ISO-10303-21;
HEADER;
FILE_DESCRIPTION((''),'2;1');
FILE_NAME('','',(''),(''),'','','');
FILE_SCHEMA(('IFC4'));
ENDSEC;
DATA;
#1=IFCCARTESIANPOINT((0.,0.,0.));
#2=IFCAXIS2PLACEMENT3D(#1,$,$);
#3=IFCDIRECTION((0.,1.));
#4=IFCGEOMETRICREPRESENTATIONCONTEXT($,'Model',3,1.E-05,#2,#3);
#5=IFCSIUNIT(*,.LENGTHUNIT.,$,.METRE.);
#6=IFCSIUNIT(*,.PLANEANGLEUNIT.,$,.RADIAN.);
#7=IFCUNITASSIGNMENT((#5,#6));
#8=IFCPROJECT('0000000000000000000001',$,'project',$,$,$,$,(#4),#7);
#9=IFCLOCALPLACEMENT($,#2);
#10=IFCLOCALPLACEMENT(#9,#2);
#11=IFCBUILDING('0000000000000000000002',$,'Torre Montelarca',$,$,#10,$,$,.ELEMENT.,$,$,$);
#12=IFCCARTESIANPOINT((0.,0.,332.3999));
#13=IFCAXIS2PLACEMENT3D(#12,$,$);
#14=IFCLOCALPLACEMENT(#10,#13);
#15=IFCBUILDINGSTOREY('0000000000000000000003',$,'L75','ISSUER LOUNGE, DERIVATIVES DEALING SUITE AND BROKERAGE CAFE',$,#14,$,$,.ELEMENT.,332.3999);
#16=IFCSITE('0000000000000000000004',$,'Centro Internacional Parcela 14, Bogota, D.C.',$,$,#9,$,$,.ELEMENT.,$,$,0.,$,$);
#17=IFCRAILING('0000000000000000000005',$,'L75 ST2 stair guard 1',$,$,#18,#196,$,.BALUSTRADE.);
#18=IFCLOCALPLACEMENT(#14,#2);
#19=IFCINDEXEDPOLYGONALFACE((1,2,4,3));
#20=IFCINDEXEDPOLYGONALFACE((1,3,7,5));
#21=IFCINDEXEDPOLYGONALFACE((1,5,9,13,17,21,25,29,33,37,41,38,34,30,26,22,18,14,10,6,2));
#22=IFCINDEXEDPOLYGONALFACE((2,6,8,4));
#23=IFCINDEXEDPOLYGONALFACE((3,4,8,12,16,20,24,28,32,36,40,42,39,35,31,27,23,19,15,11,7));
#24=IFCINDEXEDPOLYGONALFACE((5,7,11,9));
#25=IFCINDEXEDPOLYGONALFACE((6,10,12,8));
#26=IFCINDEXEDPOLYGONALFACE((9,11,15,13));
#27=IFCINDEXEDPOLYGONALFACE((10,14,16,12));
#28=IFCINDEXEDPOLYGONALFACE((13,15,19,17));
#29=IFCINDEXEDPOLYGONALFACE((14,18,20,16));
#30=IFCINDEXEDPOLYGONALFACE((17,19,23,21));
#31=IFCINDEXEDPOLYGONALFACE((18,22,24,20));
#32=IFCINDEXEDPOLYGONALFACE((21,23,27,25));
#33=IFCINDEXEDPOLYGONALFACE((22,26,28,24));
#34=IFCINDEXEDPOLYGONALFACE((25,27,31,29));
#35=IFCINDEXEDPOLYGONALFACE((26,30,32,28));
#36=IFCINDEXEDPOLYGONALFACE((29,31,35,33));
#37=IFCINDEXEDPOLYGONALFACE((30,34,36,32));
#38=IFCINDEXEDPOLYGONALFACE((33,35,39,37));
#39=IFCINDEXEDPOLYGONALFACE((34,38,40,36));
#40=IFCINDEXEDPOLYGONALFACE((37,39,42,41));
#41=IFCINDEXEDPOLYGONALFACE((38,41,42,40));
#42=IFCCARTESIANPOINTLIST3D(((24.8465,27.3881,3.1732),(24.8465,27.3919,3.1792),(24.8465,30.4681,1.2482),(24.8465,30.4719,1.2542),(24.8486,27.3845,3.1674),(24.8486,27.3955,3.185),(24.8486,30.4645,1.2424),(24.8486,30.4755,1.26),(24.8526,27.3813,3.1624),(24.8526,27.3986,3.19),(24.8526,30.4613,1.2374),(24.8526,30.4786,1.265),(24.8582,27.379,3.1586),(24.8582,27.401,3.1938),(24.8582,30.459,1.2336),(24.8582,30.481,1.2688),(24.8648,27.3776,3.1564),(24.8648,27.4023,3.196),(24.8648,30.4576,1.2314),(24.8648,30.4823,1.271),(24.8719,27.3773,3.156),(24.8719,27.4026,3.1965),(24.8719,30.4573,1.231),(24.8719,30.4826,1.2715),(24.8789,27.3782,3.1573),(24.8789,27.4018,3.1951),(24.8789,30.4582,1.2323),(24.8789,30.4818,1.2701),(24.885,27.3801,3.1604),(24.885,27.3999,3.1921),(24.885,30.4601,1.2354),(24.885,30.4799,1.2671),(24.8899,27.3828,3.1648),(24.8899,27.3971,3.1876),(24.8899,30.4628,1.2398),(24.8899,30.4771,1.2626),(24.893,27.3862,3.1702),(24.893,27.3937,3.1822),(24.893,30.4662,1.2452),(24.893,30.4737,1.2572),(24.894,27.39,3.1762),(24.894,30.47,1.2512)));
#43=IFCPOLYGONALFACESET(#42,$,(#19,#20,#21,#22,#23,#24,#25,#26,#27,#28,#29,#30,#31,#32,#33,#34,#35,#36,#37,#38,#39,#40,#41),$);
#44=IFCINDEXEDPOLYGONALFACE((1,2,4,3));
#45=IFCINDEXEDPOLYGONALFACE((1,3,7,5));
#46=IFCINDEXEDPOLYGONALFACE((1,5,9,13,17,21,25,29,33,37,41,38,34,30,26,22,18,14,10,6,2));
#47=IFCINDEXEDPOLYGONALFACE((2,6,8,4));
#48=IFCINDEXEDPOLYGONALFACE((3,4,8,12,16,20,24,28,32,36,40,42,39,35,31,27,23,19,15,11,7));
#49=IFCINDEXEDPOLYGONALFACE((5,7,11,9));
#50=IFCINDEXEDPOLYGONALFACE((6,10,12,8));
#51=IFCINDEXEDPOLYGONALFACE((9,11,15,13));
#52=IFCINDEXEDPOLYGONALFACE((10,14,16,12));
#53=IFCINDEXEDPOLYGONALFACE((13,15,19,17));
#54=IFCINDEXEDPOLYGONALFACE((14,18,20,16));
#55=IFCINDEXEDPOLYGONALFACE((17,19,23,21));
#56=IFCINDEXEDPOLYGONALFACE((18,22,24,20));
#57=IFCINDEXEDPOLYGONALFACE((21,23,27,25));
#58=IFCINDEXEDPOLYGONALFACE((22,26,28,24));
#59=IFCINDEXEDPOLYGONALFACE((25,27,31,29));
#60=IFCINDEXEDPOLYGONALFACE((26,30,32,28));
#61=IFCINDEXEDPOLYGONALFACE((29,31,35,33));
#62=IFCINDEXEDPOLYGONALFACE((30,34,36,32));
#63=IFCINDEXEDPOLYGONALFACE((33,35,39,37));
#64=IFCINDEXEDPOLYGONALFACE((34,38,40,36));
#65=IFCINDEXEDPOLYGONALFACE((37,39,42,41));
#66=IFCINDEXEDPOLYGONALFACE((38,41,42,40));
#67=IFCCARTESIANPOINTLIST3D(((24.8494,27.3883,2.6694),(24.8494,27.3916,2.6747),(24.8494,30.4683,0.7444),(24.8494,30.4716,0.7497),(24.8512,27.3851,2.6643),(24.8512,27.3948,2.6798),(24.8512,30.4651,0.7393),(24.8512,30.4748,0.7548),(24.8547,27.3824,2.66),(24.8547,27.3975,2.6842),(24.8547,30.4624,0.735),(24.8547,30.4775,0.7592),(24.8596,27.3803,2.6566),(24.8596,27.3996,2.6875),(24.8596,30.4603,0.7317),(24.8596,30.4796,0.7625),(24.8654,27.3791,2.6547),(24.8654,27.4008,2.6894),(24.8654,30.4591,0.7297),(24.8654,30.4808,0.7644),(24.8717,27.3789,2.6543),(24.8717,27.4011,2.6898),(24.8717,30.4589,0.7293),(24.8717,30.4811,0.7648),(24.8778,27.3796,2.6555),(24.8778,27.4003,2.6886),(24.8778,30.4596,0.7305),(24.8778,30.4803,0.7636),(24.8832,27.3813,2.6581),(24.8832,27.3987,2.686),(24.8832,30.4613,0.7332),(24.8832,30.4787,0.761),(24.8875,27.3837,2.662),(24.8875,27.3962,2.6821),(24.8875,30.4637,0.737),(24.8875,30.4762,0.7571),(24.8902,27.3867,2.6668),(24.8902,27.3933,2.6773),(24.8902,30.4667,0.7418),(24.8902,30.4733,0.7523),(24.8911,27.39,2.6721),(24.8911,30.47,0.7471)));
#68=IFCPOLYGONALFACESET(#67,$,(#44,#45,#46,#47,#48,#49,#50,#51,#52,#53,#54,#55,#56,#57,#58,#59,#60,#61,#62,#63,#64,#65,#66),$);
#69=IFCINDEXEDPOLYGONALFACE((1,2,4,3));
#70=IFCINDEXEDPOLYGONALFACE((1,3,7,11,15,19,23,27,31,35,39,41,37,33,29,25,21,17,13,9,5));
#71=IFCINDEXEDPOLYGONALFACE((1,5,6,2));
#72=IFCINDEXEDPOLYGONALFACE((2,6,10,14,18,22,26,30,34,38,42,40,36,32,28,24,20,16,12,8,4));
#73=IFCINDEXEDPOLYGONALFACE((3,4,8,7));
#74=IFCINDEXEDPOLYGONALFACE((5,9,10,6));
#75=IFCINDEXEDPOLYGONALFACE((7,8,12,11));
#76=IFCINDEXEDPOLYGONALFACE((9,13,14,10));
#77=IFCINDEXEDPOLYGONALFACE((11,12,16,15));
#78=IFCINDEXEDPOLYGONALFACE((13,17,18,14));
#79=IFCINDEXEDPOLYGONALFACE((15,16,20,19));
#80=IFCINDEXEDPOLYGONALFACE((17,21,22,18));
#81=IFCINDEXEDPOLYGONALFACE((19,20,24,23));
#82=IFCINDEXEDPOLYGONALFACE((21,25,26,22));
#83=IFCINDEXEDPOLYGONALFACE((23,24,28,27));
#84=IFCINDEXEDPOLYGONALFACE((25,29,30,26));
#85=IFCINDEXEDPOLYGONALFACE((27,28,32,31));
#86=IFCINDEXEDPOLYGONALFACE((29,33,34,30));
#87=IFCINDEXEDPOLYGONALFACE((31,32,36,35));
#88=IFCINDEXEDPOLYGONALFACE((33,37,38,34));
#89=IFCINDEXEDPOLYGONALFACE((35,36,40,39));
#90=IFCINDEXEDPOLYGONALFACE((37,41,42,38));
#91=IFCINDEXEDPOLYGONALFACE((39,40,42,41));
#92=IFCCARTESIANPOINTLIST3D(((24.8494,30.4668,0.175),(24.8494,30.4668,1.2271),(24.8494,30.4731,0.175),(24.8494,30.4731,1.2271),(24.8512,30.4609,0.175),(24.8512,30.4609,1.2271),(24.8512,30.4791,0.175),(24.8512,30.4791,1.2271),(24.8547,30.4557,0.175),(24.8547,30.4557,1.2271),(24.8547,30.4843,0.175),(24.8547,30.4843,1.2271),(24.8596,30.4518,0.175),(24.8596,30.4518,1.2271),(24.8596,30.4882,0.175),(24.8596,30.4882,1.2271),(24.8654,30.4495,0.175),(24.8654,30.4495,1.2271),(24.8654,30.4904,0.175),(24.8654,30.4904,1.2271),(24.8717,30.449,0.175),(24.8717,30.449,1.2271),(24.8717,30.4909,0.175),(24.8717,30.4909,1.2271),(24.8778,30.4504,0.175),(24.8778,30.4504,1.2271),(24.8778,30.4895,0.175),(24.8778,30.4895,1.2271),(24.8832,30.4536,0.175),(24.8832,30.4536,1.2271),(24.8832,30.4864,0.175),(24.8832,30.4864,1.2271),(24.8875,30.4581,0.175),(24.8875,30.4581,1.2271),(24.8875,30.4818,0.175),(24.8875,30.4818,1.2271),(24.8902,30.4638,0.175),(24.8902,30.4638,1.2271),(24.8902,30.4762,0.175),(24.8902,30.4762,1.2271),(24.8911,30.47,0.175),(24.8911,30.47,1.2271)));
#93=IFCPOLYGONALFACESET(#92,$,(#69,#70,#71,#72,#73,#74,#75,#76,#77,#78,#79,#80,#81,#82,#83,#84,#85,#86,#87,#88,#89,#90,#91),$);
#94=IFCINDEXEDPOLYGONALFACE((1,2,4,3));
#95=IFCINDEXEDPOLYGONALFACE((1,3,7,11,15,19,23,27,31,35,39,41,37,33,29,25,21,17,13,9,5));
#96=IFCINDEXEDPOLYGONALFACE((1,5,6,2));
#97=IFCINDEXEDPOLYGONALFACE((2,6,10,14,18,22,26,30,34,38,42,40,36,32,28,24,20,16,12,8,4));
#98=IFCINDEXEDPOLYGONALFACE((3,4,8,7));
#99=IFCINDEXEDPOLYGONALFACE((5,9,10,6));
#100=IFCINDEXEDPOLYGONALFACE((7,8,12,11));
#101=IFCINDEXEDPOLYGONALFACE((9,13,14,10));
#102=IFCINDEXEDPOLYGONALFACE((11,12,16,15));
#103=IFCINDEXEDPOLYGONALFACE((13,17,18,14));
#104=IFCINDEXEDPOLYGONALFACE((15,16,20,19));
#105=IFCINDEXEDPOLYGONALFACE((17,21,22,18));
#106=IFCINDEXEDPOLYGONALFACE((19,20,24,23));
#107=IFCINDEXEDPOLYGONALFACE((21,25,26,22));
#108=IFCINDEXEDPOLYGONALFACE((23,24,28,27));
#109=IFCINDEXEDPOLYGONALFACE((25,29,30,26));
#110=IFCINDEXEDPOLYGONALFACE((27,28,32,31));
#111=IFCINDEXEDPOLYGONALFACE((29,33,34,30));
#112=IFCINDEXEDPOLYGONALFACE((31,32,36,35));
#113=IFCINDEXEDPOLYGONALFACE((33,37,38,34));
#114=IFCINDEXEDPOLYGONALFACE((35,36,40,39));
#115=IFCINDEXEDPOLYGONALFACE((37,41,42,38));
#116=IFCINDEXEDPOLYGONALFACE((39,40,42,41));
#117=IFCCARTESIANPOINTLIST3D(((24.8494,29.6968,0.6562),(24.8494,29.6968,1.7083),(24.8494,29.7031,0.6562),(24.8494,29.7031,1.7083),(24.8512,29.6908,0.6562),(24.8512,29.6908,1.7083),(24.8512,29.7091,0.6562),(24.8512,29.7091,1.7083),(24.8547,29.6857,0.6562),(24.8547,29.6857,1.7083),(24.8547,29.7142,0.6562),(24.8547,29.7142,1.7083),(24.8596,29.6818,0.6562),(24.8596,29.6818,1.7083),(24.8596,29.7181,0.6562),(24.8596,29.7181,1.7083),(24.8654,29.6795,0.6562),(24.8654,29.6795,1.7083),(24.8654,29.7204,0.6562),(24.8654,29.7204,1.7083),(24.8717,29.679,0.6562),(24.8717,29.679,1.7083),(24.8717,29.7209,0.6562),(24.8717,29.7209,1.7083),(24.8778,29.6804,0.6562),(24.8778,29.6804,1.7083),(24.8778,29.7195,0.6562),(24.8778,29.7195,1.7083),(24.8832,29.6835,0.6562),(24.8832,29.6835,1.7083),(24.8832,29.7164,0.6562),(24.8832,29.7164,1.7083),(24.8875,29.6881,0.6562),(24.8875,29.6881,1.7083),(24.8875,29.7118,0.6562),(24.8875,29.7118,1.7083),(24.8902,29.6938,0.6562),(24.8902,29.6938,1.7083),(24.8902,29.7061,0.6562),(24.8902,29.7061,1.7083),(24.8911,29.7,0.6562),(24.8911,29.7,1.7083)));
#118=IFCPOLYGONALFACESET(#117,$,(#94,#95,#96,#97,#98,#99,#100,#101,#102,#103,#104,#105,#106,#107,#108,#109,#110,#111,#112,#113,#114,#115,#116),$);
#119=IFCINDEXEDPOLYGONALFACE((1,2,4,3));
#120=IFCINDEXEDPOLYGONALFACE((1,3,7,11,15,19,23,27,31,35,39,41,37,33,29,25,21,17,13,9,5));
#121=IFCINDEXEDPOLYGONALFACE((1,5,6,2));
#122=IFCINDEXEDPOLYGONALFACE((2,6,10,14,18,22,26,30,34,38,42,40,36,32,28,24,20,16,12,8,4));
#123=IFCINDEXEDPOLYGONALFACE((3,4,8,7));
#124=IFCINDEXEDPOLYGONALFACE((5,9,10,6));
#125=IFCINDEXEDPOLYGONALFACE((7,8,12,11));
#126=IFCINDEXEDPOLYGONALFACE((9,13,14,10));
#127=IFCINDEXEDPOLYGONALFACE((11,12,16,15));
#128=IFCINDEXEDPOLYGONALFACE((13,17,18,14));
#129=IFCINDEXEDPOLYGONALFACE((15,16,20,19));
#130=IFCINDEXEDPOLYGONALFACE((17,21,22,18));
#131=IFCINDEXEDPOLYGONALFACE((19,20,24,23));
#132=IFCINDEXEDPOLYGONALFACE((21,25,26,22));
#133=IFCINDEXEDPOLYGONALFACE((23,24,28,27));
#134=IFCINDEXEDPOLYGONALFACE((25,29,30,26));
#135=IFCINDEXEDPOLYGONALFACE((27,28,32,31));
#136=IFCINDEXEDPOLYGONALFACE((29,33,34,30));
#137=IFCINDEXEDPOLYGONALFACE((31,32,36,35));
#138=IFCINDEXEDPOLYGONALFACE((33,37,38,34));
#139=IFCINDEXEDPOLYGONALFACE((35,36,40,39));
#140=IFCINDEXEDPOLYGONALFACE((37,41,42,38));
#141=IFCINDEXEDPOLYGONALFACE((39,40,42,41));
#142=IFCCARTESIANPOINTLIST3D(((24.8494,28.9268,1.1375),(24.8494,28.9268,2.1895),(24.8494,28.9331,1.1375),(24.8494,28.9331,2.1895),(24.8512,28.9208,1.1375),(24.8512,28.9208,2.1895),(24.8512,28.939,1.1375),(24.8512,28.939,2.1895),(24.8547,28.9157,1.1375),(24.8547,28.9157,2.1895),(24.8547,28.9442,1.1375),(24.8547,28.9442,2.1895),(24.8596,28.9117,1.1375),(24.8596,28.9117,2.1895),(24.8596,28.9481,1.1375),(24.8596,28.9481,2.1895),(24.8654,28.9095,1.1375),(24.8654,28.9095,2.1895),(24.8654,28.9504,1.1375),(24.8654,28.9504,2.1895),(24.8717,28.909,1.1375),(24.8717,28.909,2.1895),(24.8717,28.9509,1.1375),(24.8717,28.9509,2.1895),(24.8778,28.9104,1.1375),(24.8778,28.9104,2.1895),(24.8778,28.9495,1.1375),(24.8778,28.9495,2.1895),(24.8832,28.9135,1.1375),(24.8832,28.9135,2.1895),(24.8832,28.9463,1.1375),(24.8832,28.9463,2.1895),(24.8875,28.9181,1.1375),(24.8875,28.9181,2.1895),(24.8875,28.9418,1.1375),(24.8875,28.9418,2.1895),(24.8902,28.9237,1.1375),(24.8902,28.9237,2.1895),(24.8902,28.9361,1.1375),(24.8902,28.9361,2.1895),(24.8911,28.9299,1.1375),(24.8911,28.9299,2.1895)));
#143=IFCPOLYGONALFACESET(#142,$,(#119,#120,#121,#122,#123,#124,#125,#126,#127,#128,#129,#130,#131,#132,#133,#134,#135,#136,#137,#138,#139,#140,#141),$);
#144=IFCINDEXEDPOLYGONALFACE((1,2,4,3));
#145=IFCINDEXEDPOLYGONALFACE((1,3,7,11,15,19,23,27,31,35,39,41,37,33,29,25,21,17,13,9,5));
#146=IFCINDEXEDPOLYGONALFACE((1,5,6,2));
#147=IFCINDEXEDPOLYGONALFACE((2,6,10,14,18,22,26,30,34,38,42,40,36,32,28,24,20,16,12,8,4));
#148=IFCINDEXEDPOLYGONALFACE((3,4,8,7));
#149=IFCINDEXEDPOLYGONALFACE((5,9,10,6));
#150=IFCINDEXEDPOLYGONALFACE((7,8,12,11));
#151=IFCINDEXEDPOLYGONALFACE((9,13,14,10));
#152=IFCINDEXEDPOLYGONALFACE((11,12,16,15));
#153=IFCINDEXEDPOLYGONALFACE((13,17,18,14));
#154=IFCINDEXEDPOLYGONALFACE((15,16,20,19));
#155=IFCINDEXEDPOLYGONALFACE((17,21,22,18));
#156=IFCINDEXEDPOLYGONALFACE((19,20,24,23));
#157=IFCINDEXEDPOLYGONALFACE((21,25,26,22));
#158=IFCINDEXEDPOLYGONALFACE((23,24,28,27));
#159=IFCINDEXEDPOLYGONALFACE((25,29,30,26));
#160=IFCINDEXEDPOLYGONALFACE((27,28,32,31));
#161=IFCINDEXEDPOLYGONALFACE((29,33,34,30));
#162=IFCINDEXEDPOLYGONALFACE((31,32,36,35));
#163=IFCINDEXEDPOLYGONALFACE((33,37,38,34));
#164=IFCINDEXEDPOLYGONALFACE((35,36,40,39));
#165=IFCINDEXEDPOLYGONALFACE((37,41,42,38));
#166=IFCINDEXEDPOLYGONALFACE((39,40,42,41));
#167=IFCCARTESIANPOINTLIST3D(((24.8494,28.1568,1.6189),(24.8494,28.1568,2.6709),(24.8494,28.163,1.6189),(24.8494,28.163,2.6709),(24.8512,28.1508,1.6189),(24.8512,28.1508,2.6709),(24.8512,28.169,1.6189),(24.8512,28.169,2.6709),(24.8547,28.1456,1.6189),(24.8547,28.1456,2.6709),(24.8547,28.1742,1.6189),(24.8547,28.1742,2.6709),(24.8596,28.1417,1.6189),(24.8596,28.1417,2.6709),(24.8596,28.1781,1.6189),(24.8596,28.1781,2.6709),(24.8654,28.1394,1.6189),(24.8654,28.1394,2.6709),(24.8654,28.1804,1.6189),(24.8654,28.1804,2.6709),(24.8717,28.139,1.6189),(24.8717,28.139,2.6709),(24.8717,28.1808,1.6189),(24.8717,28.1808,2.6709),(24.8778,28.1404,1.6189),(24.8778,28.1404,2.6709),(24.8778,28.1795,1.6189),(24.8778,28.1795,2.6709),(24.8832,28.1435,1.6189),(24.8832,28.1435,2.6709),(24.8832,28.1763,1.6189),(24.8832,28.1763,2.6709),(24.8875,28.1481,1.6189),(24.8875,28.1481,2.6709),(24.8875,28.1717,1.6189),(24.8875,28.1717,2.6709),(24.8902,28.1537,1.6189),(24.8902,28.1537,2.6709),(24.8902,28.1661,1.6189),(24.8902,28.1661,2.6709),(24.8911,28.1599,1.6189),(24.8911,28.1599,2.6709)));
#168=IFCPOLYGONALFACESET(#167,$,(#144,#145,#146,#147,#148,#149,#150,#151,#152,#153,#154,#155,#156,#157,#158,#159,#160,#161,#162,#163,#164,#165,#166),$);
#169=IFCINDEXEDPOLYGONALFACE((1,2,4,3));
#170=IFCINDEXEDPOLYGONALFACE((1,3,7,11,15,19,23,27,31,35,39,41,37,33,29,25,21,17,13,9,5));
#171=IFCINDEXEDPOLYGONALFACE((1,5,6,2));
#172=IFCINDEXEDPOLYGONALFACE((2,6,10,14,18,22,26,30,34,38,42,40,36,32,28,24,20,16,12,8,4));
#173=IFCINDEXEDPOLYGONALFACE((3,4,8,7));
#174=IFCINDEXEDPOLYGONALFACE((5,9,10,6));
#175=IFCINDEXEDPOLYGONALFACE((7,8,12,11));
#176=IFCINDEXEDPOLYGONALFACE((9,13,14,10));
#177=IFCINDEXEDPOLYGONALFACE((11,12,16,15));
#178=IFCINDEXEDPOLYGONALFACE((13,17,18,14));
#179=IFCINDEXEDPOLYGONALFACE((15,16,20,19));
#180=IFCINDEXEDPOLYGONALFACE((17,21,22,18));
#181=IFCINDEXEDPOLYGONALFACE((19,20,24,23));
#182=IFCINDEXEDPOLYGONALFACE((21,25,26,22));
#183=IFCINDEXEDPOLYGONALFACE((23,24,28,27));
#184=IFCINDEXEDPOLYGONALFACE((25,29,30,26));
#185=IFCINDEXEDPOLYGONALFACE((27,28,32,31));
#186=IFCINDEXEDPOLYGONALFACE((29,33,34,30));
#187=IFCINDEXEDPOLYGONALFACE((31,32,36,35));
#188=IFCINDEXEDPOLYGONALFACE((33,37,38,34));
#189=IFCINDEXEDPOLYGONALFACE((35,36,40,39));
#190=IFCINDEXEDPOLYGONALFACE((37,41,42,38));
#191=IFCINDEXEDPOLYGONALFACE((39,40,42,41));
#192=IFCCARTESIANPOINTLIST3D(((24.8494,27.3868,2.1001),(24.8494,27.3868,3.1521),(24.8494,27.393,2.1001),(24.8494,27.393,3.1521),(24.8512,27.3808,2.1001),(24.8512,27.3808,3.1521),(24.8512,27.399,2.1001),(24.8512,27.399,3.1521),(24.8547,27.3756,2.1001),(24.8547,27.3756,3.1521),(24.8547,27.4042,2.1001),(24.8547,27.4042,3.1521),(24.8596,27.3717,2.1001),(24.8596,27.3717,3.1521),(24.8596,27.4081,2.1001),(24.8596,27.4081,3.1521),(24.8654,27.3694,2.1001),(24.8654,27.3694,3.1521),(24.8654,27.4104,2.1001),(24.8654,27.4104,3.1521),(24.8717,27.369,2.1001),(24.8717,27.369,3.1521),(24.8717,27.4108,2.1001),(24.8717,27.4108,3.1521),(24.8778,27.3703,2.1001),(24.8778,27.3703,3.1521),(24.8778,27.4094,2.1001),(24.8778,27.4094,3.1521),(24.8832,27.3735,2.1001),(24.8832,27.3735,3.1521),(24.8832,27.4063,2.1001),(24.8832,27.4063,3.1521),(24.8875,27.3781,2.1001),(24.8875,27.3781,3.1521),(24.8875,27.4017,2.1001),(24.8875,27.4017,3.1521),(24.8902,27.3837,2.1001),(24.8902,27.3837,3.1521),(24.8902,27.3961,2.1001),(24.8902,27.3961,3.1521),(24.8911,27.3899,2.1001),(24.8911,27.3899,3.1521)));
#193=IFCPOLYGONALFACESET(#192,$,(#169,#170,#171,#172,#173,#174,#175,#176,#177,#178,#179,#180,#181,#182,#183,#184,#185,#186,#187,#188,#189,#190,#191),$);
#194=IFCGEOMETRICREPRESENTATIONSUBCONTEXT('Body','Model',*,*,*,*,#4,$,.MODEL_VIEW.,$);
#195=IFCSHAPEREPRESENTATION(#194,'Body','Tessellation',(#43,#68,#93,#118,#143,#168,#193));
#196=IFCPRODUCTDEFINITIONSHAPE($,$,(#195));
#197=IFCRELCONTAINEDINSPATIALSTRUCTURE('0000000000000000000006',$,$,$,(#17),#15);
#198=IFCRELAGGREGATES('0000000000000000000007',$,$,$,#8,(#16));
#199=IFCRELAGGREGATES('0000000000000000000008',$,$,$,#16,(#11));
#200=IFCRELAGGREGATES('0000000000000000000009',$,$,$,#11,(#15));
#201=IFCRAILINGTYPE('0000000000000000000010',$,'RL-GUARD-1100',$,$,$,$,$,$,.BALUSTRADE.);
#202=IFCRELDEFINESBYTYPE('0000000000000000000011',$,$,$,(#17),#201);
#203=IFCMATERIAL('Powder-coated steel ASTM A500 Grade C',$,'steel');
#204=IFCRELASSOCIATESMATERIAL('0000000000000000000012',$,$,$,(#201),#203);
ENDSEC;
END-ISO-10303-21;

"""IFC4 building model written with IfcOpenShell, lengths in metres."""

from ifc_helpers import new_model, si_unit, direction, frame, origin, origin_2d, place, context, subcontext, project, spatial, circle, extrude, material, type_object, element, save


model = new_model("IFC4")

# Units and contexts
model_context = context("Model", 3, precision=1e-05, world=origin(), true_north=direction((0.0, 1.0)))
body_context = subcontext(model_context, "Body", "Model", "MODEL_VIEW")
ifc_project = project(units=[si_unit("LENGTHUNIT", "METRE"), si_unit("PLANEANGLEUNIT", "RADIAN")], contexts=[model_context])

# Site, building, storey
site_placement = place(None, origin())
site = spatial("IfcSite", under=ifc_project, at=site_placement, Name="Centro Internacional Parcela 14, Bogota, D.C.", CompositionType="ELEMENT", RefElevation=0.0)
building_placement = place(site_placement, origin())
building = spatial("IfcBuilding", under=site, at=building_placement, Name="Torre Montelarca", CompositionType="ELEMENT")
storey_placement = place(building_placement, frame((0.0, 0.0, 332.3999)))
storey = spatial("IfcBuildingStorey", under=building, at=storey_placement, Name="L75", Description="ISSUER LOUNGE, DERIVATIVES DEALING SUITE AND BROKERAGE CAFE", CompositionType="ELEMENT", Elevation=332.3999)

# Railing
ifc_material_1 = material(Name="Powder-coated steel ASTM A500 Grade C", Category="steel")
railing_type_1 = type_object("IfcRailingType", Name="RL-GUARD-1100", PredefinedType="BALUSTRADE", material=ifc_material_1)
railing_1_placement = place(storey_placement, frame((24.8701, 30.47, 0.175)))
element("IfcRailing", 1, at=railing_1_placement, inside=storey, type_object=railing_type_1, Name="L75 ST2 stair guard 1", PredefinedType="BALUSTRADE", context=body_context, shape_type="SweptSolid", body=[
    extrude(circle(Radius=0.0239, at=origin_2d()), frame((0.0, 0.0, 1.0762), z_axis=(0.0, -0.847998, 0.529999), x_axis=(1.0, 0.0, 0.0)), (0.0, 0.0, 1.0), 3.6321),
    extrude(circle(Radius=0.021, at=origin_2d()), frame((0.0, 0.0, 0.572), z_axis=(0.0, -0.847998, 0.529999), x_axis=(1.0, 0.0, 0.0)), (0.0, 0.0, 1.0), 3.6321),
    extrude(circle(Radius=0.021, at=origin_2d()), origin(), (0.0, 0.0, 1.0), 1.052),
    extrude(circle(Radius=0.021, at=origin_2d()), frame((0.0, -0.77, 0.4812)), (0.0, 0.0, 1.0), 1.052),
    extrude(circle(Radius=0.021, at=origin_2d()), frame((0.0, -1.54, 0.9624)), (0.0, 0.0, 1.0), 1.052),
    extrude(circle(Radius=0.021, at=origin_2d()), frame((0.0, -2.3101, 1.4438)), (0.0, 0.0, 1.0), 1.052),
    extrude(circle(Radius=0.021, at=origin_2d()), frame((0.0, -3.0801, 1.925)), (0.0, 0.0, 1.0), 1.052),
])

save(model, "model.ifc")
